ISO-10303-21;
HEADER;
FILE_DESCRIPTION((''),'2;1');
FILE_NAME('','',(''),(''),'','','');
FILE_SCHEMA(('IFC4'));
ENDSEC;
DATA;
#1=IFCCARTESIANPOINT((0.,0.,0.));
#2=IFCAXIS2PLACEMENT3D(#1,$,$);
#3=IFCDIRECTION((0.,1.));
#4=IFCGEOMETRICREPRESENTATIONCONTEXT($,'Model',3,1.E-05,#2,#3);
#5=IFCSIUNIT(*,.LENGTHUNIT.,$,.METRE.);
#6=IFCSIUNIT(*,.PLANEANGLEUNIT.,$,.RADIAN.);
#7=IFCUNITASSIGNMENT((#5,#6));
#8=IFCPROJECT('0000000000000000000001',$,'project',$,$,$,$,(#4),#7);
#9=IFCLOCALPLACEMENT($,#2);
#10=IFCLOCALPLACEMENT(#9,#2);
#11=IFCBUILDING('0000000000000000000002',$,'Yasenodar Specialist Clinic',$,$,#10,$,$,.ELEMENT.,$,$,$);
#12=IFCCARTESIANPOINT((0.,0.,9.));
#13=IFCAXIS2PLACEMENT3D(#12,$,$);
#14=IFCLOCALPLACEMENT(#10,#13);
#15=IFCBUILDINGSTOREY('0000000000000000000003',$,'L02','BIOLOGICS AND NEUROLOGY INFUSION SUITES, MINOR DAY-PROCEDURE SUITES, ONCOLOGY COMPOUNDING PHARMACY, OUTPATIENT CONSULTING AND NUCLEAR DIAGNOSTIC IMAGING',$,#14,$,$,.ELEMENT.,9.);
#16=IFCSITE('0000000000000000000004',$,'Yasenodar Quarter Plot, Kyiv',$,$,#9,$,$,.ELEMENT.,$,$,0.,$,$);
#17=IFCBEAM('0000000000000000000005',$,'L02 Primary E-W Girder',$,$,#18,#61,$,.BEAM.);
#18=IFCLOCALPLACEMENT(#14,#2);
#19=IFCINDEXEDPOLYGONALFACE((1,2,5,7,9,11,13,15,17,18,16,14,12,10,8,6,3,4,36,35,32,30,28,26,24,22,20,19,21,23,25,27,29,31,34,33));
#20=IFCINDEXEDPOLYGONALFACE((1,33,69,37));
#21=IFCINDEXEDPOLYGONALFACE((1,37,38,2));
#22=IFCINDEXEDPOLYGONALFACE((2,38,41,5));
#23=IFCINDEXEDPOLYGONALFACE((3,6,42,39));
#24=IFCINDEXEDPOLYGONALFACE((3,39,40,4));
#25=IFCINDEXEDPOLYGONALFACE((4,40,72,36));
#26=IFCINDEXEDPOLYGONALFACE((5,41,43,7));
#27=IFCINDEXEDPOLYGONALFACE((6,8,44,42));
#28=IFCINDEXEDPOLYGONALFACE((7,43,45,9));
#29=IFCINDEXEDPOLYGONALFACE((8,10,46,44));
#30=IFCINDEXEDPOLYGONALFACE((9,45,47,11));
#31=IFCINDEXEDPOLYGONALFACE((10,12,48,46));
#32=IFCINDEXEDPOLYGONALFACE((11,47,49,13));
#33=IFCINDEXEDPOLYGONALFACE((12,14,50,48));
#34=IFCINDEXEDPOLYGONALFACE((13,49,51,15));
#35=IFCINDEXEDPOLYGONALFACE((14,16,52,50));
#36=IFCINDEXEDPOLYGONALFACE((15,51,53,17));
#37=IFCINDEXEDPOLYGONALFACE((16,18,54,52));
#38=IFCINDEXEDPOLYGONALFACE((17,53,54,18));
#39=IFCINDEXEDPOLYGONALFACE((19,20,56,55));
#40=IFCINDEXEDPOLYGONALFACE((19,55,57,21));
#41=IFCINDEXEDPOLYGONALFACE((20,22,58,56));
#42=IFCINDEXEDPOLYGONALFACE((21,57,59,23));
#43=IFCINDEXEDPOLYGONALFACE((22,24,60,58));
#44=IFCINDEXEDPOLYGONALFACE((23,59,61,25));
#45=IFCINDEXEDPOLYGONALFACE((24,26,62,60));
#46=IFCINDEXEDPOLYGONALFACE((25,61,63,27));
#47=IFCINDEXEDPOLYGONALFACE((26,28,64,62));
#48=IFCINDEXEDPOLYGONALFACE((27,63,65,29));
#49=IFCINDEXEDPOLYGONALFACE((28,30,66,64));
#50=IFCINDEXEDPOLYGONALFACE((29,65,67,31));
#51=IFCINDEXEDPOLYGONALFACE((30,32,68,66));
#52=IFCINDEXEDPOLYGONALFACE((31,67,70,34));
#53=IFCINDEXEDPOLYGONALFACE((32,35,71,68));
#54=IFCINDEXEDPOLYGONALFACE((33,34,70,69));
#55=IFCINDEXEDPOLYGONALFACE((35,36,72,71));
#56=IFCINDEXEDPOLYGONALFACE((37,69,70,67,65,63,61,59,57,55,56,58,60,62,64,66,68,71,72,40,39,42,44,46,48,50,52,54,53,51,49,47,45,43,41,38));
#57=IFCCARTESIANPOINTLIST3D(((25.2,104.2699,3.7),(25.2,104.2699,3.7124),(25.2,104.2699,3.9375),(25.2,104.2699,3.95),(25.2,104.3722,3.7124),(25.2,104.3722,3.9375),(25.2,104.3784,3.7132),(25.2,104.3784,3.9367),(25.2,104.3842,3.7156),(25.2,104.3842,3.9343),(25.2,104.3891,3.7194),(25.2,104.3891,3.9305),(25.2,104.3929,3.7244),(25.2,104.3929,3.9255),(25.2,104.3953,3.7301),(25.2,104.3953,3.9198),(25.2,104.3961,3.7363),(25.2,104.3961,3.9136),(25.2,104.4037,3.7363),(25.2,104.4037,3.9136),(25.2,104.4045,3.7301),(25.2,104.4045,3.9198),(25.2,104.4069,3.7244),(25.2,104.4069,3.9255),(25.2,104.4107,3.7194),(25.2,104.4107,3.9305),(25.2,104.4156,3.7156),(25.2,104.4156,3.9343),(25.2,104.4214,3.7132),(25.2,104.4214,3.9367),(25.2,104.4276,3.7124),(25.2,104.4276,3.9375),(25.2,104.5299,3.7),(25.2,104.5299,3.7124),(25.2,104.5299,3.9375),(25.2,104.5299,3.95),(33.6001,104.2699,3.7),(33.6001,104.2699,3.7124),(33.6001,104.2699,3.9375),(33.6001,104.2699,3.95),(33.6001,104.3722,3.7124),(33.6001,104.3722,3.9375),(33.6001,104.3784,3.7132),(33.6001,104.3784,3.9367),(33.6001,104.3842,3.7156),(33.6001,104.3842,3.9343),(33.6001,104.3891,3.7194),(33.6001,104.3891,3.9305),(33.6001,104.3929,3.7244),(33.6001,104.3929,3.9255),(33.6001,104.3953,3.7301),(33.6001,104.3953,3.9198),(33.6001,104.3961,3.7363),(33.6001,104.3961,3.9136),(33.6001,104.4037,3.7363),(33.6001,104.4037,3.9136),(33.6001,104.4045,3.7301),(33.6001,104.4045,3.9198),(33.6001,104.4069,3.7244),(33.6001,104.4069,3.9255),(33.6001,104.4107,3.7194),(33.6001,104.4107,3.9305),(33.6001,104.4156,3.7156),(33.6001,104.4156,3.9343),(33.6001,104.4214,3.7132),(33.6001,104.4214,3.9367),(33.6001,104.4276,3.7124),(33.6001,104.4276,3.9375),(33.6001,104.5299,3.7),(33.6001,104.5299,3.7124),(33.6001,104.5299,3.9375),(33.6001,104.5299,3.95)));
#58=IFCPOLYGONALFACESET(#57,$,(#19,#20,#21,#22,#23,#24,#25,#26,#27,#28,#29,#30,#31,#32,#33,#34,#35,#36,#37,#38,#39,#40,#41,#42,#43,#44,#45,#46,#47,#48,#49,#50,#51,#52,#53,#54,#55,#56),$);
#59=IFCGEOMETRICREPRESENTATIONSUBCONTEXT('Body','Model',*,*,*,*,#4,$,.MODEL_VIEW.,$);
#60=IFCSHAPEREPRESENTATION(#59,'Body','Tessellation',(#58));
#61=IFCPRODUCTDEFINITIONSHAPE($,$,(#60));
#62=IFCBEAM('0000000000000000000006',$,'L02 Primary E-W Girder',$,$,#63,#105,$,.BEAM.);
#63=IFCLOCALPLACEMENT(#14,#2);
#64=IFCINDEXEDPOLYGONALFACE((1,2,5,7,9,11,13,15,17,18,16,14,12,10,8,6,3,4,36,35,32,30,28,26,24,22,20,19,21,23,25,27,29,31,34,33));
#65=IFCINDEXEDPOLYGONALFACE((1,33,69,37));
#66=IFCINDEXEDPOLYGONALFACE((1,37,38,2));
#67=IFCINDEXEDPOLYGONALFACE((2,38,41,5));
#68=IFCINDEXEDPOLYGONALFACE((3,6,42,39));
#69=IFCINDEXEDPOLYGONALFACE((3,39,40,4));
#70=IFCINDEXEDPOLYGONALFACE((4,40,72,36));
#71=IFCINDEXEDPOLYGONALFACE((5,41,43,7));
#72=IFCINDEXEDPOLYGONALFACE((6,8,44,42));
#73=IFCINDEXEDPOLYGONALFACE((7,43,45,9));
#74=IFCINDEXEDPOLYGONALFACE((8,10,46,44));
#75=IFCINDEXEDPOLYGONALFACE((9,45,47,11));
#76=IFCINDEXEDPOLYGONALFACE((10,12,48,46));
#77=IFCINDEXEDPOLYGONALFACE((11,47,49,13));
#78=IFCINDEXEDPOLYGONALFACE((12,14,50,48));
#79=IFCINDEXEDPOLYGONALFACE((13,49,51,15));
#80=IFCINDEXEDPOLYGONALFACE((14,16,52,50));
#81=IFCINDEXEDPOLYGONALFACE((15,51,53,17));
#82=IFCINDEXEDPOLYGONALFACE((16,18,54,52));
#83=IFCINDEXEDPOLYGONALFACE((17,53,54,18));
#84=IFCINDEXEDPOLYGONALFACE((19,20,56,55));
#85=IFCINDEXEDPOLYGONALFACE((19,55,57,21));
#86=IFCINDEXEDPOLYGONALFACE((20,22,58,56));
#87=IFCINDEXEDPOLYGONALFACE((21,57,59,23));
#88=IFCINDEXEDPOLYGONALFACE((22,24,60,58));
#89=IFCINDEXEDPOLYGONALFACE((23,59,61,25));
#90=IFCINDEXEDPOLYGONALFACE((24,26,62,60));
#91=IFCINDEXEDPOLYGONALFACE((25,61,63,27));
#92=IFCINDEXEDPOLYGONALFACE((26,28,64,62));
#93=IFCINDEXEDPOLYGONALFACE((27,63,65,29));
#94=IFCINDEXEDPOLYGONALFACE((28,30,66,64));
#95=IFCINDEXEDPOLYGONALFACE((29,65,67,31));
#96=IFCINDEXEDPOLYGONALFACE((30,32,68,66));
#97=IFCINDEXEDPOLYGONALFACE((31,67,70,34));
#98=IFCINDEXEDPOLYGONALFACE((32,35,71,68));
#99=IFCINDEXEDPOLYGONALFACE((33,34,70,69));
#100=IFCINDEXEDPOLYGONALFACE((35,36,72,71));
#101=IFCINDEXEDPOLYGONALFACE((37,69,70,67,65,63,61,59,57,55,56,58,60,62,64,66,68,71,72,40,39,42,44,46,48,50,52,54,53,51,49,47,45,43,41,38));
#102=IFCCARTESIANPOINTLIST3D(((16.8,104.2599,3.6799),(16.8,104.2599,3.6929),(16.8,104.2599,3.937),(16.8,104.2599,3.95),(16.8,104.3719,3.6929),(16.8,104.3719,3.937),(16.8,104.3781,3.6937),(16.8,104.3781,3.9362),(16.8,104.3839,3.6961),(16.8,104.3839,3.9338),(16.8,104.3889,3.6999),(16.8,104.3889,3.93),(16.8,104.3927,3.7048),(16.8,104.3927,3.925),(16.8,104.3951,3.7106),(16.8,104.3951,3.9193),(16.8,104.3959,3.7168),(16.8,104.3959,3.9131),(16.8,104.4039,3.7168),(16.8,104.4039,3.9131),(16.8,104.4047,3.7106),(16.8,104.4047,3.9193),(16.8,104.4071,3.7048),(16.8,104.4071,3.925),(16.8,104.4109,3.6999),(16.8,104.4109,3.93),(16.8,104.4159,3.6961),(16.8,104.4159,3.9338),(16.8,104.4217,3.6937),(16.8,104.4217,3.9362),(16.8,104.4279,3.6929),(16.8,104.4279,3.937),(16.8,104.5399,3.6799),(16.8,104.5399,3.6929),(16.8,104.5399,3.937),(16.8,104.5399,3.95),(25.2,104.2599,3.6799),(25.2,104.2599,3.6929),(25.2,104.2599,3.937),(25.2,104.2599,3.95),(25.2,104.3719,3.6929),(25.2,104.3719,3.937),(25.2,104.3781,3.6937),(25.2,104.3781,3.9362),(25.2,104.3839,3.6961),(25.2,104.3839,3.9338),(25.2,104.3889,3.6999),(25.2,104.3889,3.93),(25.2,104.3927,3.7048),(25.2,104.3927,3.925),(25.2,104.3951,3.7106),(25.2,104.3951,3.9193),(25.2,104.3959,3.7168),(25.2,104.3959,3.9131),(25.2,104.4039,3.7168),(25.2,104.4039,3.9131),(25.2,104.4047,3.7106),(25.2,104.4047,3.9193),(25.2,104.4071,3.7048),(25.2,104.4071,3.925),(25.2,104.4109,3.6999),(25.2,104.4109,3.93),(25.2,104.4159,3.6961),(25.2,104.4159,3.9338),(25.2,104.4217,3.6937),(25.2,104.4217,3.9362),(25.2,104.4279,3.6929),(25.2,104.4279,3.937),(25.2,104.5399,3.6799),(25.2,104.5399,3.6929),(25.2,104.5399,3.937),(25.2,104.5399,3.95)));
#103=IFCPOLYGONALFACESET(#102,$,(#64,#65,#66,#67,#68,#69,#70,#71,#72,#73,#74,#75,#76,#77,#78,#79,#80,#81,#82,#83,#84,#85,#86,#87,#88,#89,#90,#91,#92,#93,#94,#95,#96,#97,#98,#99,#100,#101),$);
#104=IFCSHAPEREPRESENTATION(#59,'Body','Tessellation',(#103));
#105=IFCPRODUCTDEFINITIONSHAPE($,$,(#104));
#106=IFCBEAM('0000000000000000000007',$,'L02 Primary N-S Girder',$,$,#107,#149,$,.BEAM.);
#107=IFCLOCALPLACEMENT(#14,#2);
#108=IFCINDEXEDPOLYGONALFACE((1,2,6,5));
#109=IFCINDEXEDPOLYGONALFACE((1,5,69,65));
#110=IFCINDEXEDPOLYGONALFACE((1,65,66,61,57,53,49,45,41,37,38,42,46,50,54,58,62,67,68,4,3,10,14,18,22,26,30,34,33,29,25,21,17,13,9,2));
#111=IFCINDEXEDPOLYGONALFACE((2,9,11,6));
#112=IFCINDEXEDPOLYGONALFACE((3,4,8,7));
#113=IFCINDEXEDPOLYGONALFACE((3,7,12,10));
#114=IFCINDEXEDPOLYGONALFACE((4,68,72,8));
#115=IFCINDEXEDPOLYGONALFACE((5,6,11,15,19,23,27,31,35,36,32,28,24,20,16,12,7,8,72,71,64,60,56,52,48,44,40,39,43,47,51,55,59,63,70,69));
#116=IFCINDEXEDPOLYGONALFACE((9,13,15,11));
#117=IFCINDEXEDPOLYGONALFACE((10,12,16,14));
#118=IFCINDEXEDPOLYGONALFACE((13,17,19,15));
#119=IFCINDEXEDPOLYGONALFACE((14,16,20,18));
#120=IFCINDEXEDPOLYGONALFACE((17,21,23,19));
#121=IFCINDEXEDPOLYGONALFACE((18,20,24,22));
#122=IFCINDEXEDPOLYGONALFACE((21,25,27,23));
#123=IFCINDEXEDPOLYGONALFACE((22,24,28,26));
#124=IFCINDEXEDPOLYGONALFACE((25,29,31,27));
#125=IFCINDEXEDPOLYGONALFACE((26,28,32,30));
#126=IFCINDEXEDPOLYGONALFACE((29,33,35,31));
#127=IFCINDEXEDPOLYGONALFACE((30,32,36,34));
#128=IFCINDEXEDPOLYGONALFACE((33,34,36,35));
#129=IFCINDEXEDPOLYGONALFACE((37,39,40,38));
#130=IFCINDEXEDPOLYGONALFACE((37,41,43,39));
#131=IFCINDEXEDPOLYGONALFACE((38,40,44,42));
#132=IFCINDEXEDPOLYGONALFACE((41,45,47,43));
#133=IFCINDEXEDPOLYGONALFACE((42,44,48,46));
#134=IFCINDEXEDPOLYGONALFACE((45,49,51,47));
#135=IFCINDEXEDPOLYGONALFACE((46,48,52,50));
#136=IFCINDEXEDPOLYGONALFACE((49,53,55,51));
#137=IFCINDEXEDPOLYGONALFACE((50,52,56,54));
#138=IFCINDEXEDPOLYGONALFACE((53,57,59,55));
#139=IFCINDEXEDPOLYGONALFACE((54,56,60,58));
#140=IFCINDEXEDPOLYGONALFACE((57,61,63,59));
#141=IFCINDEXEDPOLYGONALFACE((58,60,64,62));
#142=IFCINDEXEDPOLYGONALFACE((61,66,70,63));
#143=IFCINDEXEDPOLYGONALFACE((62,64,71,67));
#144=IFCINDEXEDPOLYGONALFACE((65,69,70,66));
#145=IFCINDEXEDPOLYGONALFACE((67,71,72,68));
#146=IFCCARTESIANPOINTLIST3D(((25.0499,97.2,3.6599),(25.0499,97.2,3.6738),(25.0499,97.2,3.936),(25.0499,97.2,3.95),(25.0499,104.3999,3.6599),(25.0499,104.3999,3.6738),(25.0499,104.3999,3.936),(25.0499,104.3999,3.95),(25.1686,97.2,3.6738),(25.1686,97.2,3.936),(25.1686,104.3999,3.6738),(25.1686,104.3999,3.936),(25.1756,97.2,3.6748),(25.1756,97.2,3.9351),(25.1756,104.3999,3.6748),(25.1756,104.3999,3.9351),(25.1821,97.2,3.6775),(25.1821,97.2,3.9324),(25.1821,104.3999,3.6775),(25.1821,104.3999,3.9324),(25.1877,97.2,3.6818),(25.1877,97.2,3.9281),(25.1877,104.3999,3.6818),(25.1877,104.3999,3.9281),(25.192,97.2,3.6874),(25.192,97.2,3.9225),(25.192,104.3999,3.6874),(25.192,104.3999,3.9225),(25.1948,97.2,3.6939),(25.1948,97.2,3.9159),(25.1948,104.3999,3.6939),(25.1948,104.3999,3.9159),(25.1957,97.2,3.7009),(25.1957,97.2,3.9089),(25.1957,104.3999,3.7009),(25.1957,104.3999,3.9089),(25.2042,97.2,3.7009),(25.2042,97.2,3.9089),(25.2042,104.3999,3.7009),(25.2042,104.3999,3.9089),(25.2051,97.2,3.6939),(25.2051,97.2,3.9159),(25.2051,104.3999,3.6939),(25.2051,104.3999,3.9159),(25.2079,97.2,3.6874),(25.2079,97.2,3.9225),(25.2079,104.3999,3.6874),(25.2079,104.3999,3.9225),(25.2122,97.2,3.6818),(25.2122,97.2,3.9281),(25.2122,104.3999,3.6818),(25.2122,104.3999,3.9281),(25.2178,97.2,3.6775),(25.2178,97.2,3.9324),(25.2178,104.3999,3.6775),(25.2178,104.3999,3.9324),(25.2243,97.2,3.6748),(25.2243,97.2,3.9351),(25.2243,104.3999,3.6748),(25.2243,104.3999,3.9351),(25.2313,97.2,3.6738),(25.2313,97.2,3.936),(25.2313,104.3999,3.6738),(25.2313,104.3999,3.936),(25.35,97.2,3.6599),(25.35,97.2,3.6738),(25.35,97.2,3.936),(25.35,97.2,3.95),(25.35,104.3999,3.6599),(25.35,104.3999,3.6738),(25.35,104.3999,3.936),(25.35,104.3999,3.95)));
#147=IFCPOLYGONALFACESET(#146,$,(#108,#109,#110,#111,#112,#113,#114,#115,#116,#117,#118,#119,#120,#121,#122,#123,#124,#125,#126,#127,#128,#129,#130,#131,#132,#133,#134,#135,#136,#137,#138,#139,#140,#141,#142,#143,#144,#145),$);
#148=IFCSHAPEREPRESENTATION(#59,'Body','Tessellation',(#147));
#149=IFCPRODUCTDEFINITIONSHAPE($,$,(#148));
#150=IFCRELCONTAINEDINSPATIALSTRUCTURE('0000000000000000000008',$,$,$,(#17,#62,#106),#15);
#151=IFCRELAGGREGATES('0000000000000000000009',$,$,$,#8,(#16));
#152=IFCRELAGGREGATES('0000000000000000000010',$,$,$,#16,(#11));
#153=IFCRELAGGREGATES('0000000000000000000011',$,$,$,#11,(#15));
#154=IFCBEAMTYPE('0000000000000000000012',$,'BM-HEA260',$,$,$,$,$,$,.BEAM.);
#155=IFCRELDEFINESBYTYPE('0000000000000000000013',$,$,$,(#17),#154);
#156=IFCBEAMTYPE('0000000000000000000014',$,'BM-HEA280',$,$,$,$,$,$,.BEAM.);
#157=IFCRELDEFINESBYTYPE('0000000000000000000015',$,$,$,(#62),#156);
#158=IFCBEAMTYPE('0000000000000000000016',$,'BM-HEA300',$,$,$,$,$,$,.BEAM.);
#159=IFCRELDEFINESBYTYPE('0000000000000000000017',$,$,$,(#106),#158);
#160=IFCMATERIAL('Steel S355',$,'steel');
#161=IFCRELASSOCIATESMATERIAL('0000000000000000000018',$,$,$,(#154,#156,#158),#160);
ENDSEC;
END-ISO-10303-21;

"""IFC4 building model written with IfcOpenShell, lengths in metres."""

from ifc_helpers import new_model, si_unit, direction, frame, origin, origin_2d, place, context, subcontext, project, spatial, i_section, extrude, material, material_profile, profile_set, type_object, element, save


model = new_model("IFC4")

# Units and contexts
model_context = context("Model", 3, precision=1e-05, world=origin(), true_north=direction((0.0, 1.0)))
body_context = subcontext(model_context, "Body", "Model", "MODEL_VIEW")
ifc_project = project(units=[si_unit("LENGTHUNIT", "METRE"), si_unit("PLANEANGLEUNIT", "RADIAN")], contexts=[model_context])

# Site, building, storey
site_placement = place(None, origin())
site = spatial("IfcSite", under=ifc_project, at=site_placement, Name="Yasenodar Quarter Plot, Kyiv", CompositionType="ELEMENT", RefElevation=0.0)
building_placement = place(site_placement, origin())
building = spatial("IfcBuilding", under=site, at=building_placement, Name="Yasenodar Specialist Clinic", CompositionType="ELEMENT")
storey_placement = place(building_placement, frame((0.0, 0.0, 9.0)))
storey = spatial("IfcBuildingStorey", under=building, at=storey_placement, Name="L02", Description="BIOLOGICS AND NEUROLOGY INFUSION SUITES, MINOR DAY-PROCEDURE SUITES, ONCOLOGY COMPOUNDING PHARMACY, OUTPATIENT CONSULTING AND NUCLEAR DIAGNOSTIC IMAGING", CompositionType="ELEMENT", Elevation=9.0)

# Shared definitions
ifc_material_1 = material(Name="Steel S355", Category="steel")

# Beams
ifc_material_profile_1 = material_profile(ifc_material_1, i_section(OverallWidth=0.26, OverallDepth=0.25, WebThickness=0.0076, FlangeThickness=0.0125, FilletRadius=0.0239, at=origin_2d()), Name="HEA 260")
ifc_profile_set_1 = profile_set([ifc_material_profile_1], Name="Steel S355")
beam_type_1 = type_object("IfcBeamType", Name="BM-HEA260", PredefinedType="BEAM", material=ifc_profile_set_1)
for number, where, z_axis, x_axis, name in (
    (1, (25.2, 104.3999, 3.825), (1.0, 0.0, 0.0), (0.0, 1.0, 0.0), "L02 Primary E-W Girder"),
):
    element("IfcBeam", number, at=place(storey_placement, frame(where, z_axis=z_axis, x_axis=x_axis)), inside=storey, type_object=beam_type_1, Name=name, PredefinedType="BEAM", context=body_context, shape_type="SweptSolid", body=[
        extrude(i_section(OverallWidth=0.26, OverallDepth=0.25, WebThickness=0.0076, FlangeThickness=0.0125, FilletRadius=0.0239, at=origin_2d()), origin(), (0.0, 0.0, 1.0), 8.4001),
    ])
ifc_material_profile_2 = material_profile(ifc_material_1, i_section(OverallWidth=0.28, OverallDepth=0.27, WebThickness=0.0081, FlangeThickness=0.0129, FilletRadius=0.0239, at=origin_2d()), Name="HEA 280")
ifc_profile_set_2 = profile_set([ifc_material_profile_2], Name="Steel S355")
beam_type_2 = type_object("IfcBeamType", Name="BM-HEA280", PredefinedType="BEAM", material=ifc_profile_set_2)
beam_1_placement = place(storey_placement, frame((16.8, 104.3999, 3.8149), z_axis=(1.0, 0.0, 0.0), x_axis=(0.0, 1.0, 0.0)))
element("IfcBeam", 2, at=beam_1_placement, inside=storey, type_object=beam_type_2, Name="L02 Primary E-W Girder", PredefinedType="BEAM", context=body_context, shape_type="SweptSolid", body=[
    extrude(i_section(OverallWidth=0.28, OverallDepth=0.27, WebThickness=0.0081, FlangeThickness=0.0129, FilletRadius=0.0239, at=origin_2d()), origin(), (0.0, 0.0, 1.0), 8.3999),
])
ifc_material_profile_3 = material_profile(ifc_material_1, i_section(OverallWidth=0.3, OverallDepth=0.29, WebThickness=0.0085, FlangeThickness=0.0139, FilletRadius=0.0271, at=origin_2d()), Name="HEA 300")
ifc_profile_set_3 = profile_set([ifc_material_profile_3], Name="Steel S355")
beam_type_3 = type_object("IfcBeamType", Name="BM-HEA300", PredefinedType="BEAM", material=ifc_profile_set_3)
beam_2_placement = place(storey_placement, frame((25.2, 97.2, 3.8049), z_axis=(0.0, 1.0, 0.0), x_axis=(-1.0, 0.0, 0.0)))
element("IfcBeam", 3, at=beam_2_placement, inside=storey, type_object=beam_type_3, Name="L02 Primary N-S Girder", PredefinedType="BEAM", context=body_context, shape_type="SweptSolid", body=[
    extrude(i_section(OverallWidth=0.3, OverallDepth=0.29, WebThickness=0.0085, FlangeThickness=0.0139, FilletRadius=0.0271, at=origin_2d()), origin(), (0.0, 0.0, 1.0), 7.2),
])

save(model, "model.ifc")
